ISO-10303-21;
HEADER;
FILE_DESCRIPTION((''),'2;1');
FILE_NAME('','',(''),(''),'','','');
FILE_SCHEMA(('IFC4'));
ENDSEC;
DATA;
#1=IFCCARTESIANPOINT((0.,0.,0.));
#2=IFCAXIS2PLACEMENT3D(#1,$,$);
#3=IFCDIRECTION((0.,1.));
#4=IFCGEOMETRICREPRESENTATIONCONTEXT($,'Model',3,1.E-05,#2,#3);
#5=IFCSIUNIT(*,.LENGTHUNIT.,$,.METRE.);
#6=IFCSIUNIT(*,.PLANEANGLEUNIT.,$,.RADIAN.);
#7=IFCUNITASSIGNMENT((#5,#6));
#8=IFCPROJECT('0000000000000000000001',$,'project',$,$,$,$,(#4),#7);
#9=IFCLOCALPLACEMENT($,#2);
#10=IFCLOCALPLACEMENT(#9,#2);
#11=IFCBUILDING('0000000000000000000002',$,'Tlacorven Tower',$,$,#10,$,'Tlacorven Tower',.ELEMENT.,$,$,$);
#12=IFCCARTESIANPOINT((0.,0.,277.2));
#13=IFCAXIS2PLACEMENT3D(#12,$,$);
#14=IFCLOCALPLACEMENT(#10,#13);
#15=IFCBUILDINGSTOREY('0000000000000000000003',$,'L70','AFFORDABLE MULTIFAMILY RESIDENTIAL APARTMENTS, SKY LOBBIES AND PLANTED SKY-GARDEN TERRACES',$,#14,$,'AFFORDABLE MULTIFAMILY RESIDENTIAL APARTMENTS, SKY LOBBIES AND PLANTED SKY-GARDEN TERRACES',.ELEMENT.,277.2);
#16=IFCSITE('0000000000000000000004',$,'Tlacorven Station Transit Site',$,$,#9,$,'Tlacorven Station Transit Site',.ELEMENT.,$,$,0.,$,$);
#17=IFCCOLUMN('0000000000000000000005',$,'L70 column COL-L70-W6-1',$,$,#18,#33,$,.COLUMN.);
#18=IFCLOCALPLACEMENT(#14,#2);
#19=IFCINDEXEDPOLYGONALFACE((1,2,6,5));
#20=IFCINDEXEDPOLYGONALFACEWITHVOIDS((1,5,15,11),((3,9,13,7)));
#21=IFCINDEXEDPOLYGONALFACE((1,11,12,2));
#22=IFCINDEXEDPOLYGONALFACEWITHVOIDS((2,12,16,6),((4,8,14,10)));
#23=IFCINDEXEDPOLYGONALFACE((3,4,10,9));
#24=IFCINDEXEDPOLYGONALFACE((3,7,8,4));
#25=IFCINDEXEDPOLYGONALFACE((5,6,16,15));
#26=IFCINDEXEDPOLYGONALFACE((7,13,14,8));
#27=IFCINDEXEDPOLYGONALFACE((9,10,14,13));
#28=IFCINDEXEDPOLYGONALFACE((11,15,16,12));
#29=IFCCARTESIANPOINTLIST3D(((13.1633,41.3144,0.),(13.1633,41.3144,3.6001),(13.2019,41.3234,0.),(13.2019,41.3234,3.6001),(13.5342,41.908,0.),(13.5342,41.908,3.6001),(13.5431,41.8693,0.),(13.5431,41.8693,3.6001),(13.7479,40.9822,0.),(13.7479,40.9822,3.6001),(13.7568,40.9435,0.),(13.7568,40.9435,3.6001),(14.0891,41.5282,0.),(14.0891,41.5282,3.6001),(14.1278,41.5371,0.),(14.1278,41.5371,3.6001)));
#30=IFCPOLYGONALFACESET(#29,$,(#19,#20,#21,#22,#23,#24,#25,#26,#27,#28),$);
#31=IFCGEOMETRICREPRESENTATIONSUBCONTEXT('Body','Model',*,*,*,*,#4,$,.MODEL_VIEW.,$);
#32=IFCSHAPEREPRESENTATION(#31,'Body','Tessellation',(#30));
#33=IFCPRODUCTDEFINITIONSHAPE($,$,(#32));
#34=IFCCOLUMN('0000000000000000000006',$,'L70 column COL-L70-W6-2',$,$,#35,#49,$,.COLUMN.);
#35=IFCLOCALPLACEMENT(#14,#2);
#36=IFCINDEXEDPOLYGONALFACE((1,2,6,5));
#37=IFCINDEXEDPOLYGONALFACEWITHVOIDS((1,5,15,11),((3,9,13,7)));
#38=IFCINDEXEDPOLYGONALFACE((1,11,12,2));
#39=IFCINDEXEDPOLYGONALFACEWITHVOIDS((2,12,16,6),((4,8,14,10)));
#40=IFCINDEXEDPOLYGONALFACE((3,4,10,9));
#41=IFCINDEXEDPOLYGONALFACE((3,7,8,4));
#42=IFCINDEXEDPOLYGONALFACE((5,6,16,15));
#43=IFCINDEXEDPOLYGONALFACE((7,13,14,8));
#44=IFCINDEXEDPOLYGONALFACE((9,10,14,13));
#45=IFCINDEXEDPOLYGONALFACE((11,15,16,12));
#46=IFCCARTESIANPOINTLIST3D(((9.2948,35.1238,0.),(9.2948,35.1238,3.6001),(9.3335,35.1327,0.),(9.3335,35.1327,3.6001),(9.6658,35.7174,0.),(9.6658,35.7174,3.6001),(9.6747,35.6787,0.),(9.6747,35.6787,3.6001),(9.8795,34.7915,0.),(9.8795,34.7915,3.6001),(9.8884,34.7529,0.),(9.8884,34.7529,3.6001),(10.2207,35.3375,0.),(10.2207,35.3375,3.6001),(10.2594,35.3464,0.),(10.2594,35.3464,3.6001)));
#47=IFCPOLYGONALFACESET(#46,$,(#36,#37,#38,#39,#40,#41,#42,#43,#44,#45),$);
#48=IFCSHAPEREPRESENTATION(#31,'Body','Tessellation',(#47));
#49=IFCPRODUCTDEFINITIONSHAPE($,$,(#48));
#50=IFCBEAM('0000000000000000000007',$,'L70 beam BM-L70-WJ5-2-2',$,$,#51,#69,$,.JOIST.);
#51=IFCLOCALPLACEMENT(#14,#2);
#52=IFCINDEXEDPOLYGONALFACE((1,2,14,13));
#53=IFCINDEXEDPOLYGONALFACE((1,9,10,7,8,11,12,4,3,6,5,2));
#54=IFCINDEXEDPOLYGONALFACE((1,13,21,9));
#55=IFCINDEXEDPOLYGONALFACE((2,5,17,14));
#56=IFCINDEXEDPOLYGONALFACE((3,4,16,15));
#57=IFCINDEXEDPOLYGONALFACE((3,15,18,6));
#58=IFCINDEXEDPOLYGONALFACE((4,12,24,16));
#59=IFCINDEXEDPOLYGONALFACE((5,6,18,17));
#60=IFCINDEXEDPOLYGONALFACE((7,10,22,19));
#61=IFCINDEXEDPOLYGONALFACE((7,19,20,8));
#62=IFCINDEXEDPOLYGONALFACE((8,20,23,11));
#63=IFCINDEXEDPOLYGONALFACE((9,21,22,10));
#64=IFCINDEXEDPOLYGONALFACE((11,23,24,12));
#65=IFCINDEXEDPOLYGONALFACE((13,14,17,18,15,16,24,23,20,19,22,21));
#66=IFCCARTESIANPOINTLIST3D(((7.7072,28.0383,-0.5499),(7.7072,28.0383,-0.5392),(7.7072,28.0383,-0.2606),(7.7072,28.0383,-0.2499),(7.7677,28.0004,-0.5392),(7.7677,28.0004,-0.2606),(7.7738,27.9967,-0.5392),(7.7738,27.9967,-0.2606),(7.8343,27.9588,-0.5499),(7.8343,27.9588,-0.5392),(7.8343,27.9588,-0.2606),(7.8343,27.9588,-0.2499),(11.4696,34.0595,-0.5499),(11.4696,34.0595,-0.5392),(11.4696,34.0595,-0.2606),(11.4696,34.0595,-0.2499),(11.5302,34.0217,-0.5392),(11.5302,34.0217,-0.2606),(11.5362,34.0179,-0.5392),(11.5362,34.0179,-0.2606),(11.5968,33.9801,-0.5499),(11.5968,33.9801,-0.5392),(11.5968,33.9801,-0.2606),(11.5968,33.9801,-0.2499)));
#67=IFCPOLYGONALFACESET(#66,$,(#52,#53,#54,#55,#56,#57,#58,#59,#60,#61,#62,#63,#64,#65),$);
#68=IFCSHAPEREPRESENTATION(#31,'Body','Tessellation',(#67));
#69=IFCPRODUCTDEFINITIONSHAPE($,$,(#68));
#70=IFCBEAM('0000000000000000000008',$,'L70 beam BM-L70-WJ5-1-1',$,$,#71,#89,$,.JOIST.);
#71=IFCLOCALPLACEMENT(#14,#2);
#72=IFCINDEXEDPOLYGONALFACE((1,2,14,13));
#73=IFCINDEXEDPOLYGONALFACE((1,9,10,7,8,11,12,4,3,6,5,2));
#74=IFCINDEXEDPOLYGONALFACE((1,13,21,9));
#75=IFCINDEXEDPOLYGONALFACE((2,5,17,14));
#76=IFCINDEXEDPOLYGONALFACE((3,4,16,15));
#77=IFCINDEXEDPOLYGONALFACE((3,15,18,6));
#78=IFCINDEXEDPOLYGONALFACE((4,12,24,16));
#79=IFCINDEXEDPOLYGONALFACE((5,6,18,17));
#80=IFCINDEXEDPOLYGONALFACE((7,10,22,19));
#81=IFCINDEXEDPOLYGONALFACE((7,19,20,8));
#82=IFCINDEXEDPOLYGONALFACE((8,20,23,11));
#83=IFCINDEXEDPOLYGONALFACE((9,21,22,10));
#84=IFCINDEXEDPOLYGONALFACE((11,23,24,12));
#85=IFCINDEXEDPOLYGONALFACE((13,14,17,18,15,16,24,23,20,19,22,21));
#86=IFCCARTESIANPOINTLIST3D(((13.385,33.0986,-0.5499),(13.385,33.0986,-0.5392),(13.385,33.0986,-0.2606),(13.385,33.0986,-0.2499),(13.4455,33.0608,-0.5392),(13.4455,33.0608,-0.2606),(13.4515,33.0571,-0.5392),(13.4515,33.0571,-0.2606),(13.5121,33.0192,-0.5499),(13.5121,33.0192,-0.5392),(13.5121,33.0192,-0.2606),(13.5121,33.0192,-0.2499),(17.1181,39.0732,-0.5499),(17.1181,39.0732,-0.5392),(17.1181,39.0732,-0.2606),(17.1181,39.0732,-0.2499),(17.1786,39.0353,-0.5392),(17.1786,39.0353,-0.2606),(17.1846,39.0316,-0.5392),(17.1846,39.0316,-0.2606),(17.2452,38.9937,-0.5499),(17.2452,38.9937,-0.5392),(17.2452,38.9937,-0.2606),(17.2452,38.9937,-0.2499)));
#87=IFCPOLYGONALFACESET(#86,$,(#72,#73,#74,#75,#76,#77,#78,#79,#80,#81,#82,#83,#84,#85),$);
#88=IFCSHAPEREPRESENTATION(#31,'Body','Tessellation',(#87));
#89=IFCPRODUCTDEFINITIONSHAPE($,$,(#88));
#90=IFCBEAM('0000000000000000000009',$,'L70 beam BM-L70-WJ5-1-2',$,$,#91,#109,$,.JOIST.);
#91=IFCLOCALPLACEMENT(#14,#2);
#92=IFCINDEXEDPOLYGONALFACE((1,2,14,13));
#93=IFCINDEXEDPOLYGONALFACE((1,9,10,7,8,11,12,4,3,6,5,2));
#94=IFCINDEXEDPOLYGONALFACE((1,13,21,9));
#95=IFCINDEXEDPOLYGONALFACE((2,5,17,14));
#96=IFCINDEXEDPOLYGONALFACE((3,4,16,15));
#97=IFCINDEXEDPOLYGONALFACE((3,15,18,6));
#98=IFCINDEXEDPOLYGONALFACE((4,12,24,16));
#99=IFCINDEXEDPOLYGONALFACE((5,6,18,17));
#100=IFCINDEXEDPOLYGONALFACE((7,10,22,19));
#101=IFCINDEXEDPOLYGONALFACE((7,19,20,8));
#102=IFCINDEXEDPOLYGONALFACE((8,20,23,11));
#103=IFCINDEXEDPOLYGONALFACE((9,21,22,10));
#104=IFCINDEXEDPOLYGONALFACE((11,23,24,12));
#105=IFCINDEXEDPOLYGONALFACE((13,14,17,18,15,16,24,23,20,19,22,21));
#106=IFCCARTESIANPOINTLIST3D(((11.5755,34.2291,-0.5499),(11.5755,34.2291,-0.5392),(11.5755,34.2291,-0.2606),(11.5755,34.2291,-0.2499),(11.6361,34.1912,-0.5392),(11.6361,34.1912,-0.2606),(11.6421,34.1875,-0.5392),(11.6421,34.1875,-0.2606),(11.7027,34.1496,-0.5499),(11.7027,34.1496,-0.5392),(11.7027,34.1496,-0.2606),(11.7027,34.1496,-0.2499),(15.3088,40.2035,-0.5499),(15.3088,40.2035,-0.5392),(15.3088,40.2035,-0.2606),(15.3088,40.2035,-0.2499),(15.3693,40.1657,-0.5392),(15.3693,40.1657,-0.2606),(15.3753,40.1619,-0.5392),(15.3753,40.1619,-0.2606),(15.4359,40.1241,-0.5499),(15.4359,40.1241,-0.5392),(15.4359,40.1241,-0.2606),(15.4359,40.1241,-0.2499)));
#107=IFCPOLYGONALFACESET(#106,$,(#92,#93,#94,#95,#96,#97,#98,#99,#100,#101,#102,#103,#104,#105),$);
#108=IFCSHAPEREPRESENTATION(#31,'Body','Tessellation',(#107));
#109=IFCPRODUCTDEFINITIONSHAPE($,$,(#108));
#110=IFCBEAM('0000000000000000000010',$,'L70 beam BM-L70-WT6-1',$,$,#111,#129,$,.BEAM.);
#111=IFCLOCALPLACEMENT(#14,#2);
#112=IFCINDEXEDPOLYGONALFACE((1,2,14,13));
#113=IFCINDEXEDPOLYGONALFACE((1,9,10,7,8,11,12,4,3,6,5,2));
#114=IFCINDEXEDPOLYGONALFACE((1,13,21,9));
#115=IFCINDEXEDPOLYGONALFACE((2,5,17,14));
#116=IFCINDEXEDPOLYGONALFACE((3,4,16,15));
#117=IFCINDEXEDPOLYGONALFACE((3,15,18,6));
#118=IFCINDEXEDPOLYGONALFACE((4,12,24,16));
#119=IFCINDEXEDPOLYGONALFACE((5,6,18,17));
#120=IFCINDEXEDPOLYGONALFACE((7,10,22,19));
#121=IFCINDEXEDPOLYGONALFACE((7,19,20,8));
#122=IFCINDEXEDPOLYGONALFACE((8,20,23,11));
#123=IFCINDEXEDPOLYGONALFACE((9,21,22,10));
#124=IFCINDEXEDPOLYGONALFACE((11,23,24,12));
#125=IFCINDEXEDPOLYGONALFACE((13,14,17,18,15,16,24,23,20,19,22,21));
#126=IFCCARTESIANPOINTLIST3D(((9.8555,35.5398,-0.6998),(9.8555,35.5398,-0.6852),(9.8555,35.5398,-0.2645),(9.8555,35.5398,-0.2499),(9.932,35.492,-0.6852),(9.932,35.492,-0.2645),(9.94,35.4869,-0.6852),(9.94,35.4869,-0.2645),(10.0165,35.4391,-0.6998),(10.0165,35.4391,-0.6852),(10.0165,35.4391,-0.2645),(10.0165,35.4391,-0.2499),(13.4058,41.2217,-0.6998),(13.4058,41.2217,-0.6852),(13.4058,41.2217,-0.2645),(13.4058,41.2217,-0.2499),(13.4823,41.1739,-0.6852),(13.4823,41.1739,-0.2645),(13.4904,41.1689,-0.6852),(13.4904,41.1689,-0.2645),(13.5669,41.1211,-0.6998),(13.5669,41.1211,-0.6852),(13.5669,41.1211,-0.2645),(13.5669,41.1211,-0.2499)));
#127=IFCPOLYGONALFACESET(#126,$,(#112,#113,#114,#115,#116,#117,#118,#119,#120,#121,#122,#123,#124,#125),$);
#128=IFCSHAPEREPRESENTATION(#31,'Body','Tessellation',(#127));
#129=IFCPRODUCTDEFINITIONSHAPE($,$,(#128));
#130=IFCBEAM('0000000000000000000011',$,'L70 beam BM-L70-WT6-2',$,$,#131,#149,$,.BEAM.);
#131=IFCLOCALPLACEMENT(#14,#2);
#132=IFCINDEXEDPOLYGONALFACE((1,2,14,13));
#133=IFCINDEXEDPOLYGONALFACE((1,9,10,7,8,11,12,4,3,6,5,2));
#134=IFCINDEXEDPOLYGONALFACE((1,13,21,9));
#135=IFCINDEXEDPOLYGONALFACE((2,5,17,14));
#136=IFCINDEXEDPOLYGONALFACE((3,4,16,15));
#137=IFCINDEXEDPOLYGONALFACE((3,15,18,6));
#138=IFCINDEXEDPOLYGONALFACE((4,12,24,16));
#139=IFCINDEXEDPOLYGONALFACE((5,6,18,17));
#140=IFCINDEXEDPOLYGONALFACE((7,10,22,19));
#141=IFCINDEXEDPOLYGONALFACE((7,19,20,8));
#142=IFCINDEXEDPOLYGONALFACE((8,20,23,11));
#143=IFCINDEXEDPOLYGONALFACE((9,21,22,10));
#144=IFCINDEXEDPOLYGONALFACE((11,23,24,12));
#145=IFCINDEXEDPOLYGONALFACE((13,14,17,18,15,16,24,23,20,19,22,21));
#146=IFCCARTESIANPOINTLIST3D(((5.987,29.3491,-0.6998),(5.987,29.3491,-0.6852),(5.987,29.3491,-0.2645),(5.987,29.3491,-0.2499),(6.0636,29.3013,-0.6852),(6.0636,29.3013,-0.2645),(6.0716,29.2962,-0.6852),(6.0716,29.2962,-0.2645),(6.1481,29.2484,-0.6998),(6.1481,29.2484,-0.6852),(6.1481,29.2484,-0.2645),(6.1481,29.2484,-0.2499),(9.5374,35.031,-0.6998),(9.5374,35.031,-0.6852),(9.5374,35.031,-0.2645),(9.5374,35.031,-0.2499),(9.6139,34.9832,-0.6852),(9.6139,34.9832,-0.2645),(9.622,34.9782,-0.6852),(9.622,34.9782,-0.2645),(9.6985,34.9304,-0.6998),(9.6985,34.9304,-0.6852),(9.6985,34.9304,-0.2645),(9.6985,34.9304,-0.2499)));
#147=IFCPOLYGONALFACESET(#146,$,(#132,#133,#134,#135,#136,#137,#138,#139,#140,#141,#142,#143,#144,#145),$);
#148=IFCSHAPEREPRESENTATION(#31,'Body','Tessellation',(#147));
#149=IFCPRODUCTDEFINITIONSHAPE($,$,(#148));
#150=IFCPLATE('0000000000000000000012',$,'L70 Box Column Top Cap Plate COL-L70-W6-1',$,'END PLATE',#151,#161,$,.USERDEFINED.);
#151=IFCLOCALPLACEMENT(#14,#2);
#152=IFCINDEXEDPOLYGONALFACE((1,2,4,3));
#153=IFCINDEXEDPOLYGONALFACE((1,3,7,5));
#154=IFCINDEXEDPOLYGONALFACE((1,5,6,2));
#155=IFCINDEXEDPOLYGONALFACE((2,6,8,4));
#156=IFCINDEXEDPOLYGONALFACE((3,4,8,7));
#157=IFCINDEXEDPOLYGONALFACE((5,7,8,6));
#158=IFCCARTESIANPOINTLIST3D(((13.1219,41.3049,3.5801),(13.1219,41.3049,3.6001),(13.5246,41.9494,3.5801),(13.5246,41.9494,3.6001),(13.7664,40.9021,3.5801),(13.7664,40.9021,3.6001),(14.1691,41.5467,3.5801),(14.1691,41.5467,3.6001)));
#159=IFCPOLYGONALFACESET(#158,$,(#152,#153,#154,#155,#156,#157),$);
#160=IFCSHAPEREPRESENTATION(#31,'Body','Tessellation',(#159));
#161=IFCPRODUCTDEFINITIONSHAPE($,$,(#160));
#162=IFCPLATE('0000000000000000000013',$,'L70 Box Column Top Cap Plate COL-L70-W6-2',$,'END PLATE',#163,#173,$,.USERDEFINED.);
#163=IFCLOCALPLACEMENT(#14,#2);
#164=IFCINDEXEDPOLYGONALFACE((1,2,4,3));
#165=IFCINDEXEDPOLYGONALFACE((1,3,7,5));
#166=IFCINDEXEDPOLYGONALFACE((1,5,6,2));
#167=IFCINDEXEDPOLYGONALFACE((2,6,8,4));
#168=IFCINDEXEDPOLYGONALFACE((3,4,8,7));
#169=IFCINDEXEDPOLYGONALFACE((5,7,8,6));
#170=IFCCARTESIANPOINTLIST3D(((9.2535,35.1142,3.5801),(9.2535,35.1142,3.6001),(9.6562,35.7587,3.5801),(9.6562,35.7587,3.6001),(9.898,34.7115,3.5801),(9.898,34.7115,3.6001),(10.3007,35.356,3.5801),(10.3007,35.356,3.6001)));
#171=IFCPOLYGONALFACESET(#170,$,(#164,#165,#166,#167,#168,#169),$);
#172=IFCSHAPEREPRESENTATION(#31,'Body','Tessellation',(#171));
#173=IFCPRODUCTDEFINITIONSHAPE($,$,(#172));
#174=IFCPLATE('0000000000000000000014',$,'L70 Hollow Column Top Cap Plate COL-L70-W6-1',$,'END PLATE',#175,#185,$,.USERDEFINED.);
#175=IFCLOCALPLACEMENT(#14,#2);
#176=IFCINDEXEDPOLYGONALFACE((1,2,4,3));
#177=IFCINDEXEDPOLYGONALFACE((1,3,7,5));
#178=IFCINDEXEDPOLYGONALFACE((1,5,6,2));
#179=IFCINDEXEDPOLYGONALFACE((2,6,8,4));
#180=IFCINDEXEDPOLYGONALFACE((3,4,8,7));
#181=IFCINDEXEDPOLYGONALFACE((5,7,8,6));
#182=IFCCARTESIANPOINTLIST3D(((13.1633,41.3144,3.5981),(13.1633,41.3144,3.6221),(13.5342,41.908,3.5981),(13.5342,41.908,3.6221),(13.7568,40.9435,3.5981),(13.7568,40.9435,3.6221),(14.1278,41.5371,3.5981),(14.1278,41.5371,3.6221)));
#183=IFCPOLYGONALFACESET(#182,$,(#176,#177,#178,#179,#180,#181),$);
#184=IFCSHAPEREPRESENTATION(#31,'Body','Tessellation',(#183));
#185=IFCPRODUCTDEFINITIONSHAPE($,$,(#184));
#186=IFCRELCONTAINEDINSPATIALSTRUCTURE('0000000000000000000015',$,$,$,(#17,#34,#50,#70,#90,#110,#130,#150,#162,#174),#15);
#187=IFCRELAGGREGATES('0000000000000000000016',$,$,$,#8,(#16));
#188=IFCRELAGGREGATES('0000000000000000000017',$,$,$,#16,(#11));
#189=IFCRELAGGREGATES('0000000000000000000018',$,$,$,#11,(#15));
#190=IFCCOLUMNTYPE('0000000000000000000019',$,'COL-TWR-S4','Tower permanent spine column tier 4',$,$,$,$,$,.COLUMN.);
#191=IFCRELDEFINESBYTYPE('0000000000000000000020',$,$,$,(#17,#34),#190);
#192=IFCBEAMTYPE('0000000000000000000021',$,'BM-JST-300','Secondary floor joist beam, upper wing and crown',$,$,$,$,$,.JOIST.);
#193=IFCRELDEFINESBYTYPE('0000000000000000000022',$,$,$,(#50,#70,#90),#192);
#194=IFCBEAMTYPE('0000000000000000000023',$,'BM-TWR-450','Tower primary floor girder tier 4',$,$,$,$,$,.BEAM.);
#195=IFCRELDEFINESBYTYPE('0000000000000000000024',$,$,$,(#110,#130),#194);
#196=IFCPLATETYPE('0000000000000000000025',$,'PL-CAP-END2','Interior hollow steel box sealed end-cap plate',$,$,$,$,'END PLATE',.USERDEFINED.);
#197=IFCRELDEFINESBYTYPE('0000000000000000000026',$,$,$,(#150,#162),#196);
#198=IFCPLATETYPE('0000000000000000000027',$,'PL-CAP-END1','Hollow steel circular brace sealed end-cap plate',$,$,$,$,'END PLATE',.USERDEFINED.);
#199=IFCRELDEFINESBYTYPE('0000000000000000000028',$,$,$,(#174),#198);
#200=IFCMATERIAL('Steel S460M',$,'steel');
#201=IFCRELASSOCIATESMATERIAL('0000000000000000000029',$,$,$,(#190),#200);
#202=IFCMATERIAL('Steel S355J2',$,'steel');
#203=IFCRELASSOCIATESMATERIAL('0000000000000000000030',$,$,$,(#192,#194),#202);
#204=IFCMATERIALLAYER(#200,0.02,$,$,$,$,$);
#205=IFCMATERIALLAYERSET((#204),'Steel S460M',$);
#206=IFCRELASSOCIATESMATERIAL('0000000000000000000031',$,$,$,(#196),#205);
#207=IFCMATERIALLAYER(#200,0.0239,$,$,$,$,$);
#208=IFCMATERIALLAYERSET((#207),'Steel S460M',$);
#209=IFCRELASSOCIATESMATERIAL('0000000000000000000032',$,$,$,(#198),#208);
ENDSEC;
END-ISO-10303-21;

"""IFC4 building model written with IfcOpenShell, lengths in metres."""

from ifc_helpers import new_model, si_unit, direction, frame, origin, origin_2d, place, context, subcontext, project, spatial, rectangle, hollow_rectangle, i_section, extrude, source, transform, mapped, material, layer, layer_set, material_profile, profile_set, type_object, element, save


model = new_model("IFC4")

# Units and contexts
model_context = context("Model", 3, precision=1e-05, world=origin(), true_north=direction((0.0, 1.0)))
body_context = subcontext(model_context, "Body", "Model", "MODEL_VIEW")
ifc_project = project(units=[si_unit("LENGTHUNIT", "METRE"), si_unit("PLANEANGLEUNIT", "RADIAN")], contexts=[model_context])

# Site, building, storey
site_placement = place(None, origin())
site = spatial("IfcSite", under=ifc_project, at=site_placement, Name="Tlacorven Station Transit Site", LongName="Tlacorven Station Transit Site", CompositionType="ELEMENT", RefElevation=0.0)
building_placement = place(site_placement, origin())
building = spatial("IfcBuilding", under=site, at=building_placement, Name="Tlacorven Tower", LongName="Tlacorven Tower", CompositionType="ELEMENT")
storey_placement = place(building_placement, frame((0.0, 0.0, 277.2)))
storey = spatial("IfcBuildingStorey", under=building, at=storey_placement, Name="L70", Description="AFFORDABLE MULTIFAMILY RESIDENTIAL APARTMENTS, SKY LOBBIES AND PLANTED SKY-GARDEN TERRACES", LongName="AFFORDABLE MULTIFAMILY RESIDENTIAL APARTMENTS, SKY LOBBIES AND PLANTED SKY-GARDEN TERRACES", CompositionType="ELEMENT", Elevation=277.2)

# Columns
ifc_material_1 = material(Name="Steel S460M", Category="steel")
ifc_material_profile_1 = material_profile(ifc_material_1, hollow_rectangle(XDim=0.7, YDim=0.7, WallThickness=0.0281, at=origin_2d()), Name="BOX 700X700X28")
ifc_profile_set_1 = profile_set([ifc_material_profile_1], Name="Steel S460M")
column_type = type_object("IfcColumnType", Name="COL-TWR-S4", Description="Tower permanent spine column tier 4", PredefinedType="COLUMN", material=ifc_profile_set_1)
shared_shape_1 = source(origin(), body_context, "Body", "SweptSolid", [
    extrude(hollow_rectangle(XDim=0.7, YDim=0.7, WallThickness=0.0281, at=origin_2d()), origin(), (0.0, 0.0, 1.0), 3.6001),
])
for number, where, z_axis, x_axis, name in (
    (1, (13.6455, 41.4258, 0.0), (0.0, 0.0, 1.0), (-0.848048, 0.529919, 0.0), "L70 column COL-L70-W6-1"),
    (2, (9.7771, 35.2351, 0.0), (0.0, 0.0, 1.0), (-0.848048, 0.529919, 0.0), "L70 column COL-L70-W6-2"),
):
    element("IfcColumn", number, at=place(storey_placement, frame(where, z_axis=z_axis, x_axis=x_axis)), inside=storey, type_object=column_type, Name=name, PredefinedType="COLUMN", context=body_context, shape_type="MappedRepresentation", body=[
        mapped(shared_shape_1, transform((0.0, 0.0, 0.0), scale=1.0)),
    ])

# Beams
ifc_material_2 = material(Name="Steel S355J2", Category="steel")
ifc_material_profile_2 = material_profile(ifc_material_2, i_section(OverallWidth=0.1499, OverallDepth=0.3, WebThickness=0.0071, FlangeThickness=0.0107, at=origin_2d()), Name="IPE 300")
ifc_profile_set_2 = profile_set([ifc_material_profile_2], Name="Steel S355J2")
beam_type_1 = type_object("IfcBeamType", Name="BM-JST-300", Description="Secondary floor joist beam, upper wing and crown", PredefinedType="JOIST", material=ifc_profile_set_2)
shared_shape_2 = source(origin(), body_context, "Body", "SweptSolid", [
    extrude(i_section(OverallWidth=0.1499, OverallDepth=0.3, WebThickness=0.0071, FlangeThickness=0.0107, at=origin_2d()), origin(), (0.0, 0.0, 1.0), 7.1001),
])
beam_placement = place(storey_placement, frame((11.5332, 34.0198, -0.3999), z_axis=(-0.529915, -0.84805, 0.0), x_axis=(0.84805, -0.529915, 0.0)))
element("IfcBeam", 3, at=beam_placement, inside=storey, type_object=beam_type_1, Name="L70 beam BM-L70-WJ5-2-2", PredefinedType="JOIST", context=body_context, shape_type="MappedRepresentation", body=[
    mapped(shared_shape_2, transform((0.0, 0.0, 0.0), scale=1.0)),
])
shared_shape_3 = source(origin(), body_context, "Body", "SweptSolid", [
    extrude(i_section(OverallWidth=0.1499, OverallDepth=0.3, WebThickness=0.0071, FlangeThickness=0.0107, at=origin_2d()), origin(), (0.0, 0.0, 1.0), 7.0449),
])
for number, where, z_axis, x_axis, name in (
    (4, (17.1816, 39.0334, -0.3999), (-0.529899, -0.848061, 0.0), (0.848061, -0.529899, 0.0), "L70 beam BM-L70-WJ5-1-1"),
    (5, (15.3723, 40.1638, -0.3999), (-0.529915, -0.848051, 0.0), (0.848051, -0.529915, 0.0), "L70 beam BM-L70-WJ5-1-2"),
):
    element("IfcBeam", number, at=place(storey_placement, frame(where, z_axis=z_axis, x_axis=x_axis)), inside=storey, type_object=beam_type_1, Name=name, PredefinedType="JOIST", context=body_context, shape_type="MappedRepresentation", body=[
        mapped(shared_shape_3, transform((0.0, 0.0, 0.0), scale=1.0)),
    ])
ifc_material_profile_3 = material_profile(ifc_material_2, i_section(OverallWidth=0.1899, OverallDepth=0.45, WebThickness=0.0095, FlangeThickness=0.0146, at=origin_2d()), Name="IPE 450")
ifc_profile_set_3 = profile_set([ifc_material_profile_3], Name="Steel S355J2")
beam_type_2 = type_object("IfcBeamType", Name="BM-TWR-450", Description="Tower primary floor girder tier 4", PredefinedType="BEAM", material=ifc_profile_set_3)
shared_shape_4 = source(origin(), body_context, "Body", "SweptSolid", [
    extrude(i_section(OverallWidth=0.1899, OverallDepth=0.45, WebThickness=0.0095, FlangeThickness=0.0146, at=origin_2d()), origin(), (0.0, 0.0, 1.0), 6.7),
])
for number, where, z_axis, x_axis, name in (
    (6, (13.4863, 41.1714, -0.4749), (-0.529904, -0.848058, 0.0), (0.848058, -0.529904, 0.0), "L70 beam BM-L70-WT6-1"),
    (7, (9.6179, 34.9807, -0.4749), (-0.529904, -0.848058, 0.0), (0.848058, -0.529904, 0.0), "L70 beam BM-L70-WT6-2"),
):
    element("IfcBeam", number, at=place(storey_placement, frame(where, z_axis=z_axis, x_axis=x_axis)), inside=storey, type_object=beam_type_2, Name=name, PredefinedType="BEAM", context=body_context, shape_type="MappedRepresentation", body=[
        mapped(shared_shape_4, transform((0.0, 0.0, 0.0), scale=1.0)),
    ])

# Plates
ifc_layer_1 = layer(ifc_material_1, 0.02)
ifc_layer_set_1 = layer_set([ifc_layer_1], Name="Steel S460M")
plate_type_1 = type_object("IfcPlateType", Name="PL-CAP-END2", Description="Interior hollow steel box sealed end-cap plate", ElementType="END PLATE", PredefinedType="USERDEFINED", material=ifc_layer_set_1)
shared_shape_5 = source(origin(), body_context, "Body", "SweptSolid", [
    extrude(rectangle(XDim=0.76, YDim=0.76, at=origin_2d()), origin(), (0.0, 0.0, 1.0), 0.02),
])
for number, where, z_axis, x_axis, name in (
    (8, (13.6455, 41.4258, 3.5801), (0.0, 0.0, 1.0), (-0.848048, 0.529919, 0.0), "L70 Box Column Top Cap Plate COL-L70-W6-1"),
    (9, (9.7771, 35.2351, 3.5801), (0.0, 0.0, 1.0), (-0.848048, 0.529919, 0.0), "L70 Box Column Top Cap Plate COL-L70-W6-2"),
):
    element("IfcPlate", number, at=place(storey_placement, frame(where, z_axis=z_axis, x_axis=x_axis)), inside=storey, type_object=plate_type_1, Name=name, ObjectType="END PLATE", PredefinedType="USERDEFINED", context=body_context, shape_type="MappedRepresentation", body=[
        mapped(shared_shape_5, transform((0.0, 0.0, 0.0), scale=1.0)),
    ])
ifc_layer_2 = layer(ifc_material_1, 0.0239)
ifc_layer_set_2 = layer_set([ifc_layer_2], Name="Steel S460M")
plate_type_2 = type_object("IfcPlateType", Name="PL-CAP-END1", Description="Hollow steel circular brace sealed end-cap plate", ElementType="END PLATE", PredefinedType="USERDEFINED", material=ifc_layer_set_2)
shared_shape_6 = source(origin(), body_context, "Body", "SweptSolid", [
    extrude(rectangle(XDim=0.7, YDim=0.7, at=origin_2d()), origin(), (0.0, 0.0, 1.0), 0.0239),
])
for number, where, z_axis, x_axis, name in (
    (10, (13.6455, 41.4258, 3.5981), (0.0, 0.0, 1.0), (-0.848048, 0.529919, 0.0), "L70 Hollow Column Top Cap Plate COL-L70-W6-1"),
):
    element("IfcPlate", number, at=place(storey_placement, frame(where, z_axis=z_axis, x_axis=x_axis)), inside=storey, type_object=plate_type_2, Name=name, ObjectType="END PLATE", PredefinedType="USERDEFINED", context=body_context, shape_type="MappedRepresentation", body=[
        mapped(shared_shape_6, transform((0.0, 0.0, 0.0), scale=1.0)),
    ])

save(model, "model.ifc")
